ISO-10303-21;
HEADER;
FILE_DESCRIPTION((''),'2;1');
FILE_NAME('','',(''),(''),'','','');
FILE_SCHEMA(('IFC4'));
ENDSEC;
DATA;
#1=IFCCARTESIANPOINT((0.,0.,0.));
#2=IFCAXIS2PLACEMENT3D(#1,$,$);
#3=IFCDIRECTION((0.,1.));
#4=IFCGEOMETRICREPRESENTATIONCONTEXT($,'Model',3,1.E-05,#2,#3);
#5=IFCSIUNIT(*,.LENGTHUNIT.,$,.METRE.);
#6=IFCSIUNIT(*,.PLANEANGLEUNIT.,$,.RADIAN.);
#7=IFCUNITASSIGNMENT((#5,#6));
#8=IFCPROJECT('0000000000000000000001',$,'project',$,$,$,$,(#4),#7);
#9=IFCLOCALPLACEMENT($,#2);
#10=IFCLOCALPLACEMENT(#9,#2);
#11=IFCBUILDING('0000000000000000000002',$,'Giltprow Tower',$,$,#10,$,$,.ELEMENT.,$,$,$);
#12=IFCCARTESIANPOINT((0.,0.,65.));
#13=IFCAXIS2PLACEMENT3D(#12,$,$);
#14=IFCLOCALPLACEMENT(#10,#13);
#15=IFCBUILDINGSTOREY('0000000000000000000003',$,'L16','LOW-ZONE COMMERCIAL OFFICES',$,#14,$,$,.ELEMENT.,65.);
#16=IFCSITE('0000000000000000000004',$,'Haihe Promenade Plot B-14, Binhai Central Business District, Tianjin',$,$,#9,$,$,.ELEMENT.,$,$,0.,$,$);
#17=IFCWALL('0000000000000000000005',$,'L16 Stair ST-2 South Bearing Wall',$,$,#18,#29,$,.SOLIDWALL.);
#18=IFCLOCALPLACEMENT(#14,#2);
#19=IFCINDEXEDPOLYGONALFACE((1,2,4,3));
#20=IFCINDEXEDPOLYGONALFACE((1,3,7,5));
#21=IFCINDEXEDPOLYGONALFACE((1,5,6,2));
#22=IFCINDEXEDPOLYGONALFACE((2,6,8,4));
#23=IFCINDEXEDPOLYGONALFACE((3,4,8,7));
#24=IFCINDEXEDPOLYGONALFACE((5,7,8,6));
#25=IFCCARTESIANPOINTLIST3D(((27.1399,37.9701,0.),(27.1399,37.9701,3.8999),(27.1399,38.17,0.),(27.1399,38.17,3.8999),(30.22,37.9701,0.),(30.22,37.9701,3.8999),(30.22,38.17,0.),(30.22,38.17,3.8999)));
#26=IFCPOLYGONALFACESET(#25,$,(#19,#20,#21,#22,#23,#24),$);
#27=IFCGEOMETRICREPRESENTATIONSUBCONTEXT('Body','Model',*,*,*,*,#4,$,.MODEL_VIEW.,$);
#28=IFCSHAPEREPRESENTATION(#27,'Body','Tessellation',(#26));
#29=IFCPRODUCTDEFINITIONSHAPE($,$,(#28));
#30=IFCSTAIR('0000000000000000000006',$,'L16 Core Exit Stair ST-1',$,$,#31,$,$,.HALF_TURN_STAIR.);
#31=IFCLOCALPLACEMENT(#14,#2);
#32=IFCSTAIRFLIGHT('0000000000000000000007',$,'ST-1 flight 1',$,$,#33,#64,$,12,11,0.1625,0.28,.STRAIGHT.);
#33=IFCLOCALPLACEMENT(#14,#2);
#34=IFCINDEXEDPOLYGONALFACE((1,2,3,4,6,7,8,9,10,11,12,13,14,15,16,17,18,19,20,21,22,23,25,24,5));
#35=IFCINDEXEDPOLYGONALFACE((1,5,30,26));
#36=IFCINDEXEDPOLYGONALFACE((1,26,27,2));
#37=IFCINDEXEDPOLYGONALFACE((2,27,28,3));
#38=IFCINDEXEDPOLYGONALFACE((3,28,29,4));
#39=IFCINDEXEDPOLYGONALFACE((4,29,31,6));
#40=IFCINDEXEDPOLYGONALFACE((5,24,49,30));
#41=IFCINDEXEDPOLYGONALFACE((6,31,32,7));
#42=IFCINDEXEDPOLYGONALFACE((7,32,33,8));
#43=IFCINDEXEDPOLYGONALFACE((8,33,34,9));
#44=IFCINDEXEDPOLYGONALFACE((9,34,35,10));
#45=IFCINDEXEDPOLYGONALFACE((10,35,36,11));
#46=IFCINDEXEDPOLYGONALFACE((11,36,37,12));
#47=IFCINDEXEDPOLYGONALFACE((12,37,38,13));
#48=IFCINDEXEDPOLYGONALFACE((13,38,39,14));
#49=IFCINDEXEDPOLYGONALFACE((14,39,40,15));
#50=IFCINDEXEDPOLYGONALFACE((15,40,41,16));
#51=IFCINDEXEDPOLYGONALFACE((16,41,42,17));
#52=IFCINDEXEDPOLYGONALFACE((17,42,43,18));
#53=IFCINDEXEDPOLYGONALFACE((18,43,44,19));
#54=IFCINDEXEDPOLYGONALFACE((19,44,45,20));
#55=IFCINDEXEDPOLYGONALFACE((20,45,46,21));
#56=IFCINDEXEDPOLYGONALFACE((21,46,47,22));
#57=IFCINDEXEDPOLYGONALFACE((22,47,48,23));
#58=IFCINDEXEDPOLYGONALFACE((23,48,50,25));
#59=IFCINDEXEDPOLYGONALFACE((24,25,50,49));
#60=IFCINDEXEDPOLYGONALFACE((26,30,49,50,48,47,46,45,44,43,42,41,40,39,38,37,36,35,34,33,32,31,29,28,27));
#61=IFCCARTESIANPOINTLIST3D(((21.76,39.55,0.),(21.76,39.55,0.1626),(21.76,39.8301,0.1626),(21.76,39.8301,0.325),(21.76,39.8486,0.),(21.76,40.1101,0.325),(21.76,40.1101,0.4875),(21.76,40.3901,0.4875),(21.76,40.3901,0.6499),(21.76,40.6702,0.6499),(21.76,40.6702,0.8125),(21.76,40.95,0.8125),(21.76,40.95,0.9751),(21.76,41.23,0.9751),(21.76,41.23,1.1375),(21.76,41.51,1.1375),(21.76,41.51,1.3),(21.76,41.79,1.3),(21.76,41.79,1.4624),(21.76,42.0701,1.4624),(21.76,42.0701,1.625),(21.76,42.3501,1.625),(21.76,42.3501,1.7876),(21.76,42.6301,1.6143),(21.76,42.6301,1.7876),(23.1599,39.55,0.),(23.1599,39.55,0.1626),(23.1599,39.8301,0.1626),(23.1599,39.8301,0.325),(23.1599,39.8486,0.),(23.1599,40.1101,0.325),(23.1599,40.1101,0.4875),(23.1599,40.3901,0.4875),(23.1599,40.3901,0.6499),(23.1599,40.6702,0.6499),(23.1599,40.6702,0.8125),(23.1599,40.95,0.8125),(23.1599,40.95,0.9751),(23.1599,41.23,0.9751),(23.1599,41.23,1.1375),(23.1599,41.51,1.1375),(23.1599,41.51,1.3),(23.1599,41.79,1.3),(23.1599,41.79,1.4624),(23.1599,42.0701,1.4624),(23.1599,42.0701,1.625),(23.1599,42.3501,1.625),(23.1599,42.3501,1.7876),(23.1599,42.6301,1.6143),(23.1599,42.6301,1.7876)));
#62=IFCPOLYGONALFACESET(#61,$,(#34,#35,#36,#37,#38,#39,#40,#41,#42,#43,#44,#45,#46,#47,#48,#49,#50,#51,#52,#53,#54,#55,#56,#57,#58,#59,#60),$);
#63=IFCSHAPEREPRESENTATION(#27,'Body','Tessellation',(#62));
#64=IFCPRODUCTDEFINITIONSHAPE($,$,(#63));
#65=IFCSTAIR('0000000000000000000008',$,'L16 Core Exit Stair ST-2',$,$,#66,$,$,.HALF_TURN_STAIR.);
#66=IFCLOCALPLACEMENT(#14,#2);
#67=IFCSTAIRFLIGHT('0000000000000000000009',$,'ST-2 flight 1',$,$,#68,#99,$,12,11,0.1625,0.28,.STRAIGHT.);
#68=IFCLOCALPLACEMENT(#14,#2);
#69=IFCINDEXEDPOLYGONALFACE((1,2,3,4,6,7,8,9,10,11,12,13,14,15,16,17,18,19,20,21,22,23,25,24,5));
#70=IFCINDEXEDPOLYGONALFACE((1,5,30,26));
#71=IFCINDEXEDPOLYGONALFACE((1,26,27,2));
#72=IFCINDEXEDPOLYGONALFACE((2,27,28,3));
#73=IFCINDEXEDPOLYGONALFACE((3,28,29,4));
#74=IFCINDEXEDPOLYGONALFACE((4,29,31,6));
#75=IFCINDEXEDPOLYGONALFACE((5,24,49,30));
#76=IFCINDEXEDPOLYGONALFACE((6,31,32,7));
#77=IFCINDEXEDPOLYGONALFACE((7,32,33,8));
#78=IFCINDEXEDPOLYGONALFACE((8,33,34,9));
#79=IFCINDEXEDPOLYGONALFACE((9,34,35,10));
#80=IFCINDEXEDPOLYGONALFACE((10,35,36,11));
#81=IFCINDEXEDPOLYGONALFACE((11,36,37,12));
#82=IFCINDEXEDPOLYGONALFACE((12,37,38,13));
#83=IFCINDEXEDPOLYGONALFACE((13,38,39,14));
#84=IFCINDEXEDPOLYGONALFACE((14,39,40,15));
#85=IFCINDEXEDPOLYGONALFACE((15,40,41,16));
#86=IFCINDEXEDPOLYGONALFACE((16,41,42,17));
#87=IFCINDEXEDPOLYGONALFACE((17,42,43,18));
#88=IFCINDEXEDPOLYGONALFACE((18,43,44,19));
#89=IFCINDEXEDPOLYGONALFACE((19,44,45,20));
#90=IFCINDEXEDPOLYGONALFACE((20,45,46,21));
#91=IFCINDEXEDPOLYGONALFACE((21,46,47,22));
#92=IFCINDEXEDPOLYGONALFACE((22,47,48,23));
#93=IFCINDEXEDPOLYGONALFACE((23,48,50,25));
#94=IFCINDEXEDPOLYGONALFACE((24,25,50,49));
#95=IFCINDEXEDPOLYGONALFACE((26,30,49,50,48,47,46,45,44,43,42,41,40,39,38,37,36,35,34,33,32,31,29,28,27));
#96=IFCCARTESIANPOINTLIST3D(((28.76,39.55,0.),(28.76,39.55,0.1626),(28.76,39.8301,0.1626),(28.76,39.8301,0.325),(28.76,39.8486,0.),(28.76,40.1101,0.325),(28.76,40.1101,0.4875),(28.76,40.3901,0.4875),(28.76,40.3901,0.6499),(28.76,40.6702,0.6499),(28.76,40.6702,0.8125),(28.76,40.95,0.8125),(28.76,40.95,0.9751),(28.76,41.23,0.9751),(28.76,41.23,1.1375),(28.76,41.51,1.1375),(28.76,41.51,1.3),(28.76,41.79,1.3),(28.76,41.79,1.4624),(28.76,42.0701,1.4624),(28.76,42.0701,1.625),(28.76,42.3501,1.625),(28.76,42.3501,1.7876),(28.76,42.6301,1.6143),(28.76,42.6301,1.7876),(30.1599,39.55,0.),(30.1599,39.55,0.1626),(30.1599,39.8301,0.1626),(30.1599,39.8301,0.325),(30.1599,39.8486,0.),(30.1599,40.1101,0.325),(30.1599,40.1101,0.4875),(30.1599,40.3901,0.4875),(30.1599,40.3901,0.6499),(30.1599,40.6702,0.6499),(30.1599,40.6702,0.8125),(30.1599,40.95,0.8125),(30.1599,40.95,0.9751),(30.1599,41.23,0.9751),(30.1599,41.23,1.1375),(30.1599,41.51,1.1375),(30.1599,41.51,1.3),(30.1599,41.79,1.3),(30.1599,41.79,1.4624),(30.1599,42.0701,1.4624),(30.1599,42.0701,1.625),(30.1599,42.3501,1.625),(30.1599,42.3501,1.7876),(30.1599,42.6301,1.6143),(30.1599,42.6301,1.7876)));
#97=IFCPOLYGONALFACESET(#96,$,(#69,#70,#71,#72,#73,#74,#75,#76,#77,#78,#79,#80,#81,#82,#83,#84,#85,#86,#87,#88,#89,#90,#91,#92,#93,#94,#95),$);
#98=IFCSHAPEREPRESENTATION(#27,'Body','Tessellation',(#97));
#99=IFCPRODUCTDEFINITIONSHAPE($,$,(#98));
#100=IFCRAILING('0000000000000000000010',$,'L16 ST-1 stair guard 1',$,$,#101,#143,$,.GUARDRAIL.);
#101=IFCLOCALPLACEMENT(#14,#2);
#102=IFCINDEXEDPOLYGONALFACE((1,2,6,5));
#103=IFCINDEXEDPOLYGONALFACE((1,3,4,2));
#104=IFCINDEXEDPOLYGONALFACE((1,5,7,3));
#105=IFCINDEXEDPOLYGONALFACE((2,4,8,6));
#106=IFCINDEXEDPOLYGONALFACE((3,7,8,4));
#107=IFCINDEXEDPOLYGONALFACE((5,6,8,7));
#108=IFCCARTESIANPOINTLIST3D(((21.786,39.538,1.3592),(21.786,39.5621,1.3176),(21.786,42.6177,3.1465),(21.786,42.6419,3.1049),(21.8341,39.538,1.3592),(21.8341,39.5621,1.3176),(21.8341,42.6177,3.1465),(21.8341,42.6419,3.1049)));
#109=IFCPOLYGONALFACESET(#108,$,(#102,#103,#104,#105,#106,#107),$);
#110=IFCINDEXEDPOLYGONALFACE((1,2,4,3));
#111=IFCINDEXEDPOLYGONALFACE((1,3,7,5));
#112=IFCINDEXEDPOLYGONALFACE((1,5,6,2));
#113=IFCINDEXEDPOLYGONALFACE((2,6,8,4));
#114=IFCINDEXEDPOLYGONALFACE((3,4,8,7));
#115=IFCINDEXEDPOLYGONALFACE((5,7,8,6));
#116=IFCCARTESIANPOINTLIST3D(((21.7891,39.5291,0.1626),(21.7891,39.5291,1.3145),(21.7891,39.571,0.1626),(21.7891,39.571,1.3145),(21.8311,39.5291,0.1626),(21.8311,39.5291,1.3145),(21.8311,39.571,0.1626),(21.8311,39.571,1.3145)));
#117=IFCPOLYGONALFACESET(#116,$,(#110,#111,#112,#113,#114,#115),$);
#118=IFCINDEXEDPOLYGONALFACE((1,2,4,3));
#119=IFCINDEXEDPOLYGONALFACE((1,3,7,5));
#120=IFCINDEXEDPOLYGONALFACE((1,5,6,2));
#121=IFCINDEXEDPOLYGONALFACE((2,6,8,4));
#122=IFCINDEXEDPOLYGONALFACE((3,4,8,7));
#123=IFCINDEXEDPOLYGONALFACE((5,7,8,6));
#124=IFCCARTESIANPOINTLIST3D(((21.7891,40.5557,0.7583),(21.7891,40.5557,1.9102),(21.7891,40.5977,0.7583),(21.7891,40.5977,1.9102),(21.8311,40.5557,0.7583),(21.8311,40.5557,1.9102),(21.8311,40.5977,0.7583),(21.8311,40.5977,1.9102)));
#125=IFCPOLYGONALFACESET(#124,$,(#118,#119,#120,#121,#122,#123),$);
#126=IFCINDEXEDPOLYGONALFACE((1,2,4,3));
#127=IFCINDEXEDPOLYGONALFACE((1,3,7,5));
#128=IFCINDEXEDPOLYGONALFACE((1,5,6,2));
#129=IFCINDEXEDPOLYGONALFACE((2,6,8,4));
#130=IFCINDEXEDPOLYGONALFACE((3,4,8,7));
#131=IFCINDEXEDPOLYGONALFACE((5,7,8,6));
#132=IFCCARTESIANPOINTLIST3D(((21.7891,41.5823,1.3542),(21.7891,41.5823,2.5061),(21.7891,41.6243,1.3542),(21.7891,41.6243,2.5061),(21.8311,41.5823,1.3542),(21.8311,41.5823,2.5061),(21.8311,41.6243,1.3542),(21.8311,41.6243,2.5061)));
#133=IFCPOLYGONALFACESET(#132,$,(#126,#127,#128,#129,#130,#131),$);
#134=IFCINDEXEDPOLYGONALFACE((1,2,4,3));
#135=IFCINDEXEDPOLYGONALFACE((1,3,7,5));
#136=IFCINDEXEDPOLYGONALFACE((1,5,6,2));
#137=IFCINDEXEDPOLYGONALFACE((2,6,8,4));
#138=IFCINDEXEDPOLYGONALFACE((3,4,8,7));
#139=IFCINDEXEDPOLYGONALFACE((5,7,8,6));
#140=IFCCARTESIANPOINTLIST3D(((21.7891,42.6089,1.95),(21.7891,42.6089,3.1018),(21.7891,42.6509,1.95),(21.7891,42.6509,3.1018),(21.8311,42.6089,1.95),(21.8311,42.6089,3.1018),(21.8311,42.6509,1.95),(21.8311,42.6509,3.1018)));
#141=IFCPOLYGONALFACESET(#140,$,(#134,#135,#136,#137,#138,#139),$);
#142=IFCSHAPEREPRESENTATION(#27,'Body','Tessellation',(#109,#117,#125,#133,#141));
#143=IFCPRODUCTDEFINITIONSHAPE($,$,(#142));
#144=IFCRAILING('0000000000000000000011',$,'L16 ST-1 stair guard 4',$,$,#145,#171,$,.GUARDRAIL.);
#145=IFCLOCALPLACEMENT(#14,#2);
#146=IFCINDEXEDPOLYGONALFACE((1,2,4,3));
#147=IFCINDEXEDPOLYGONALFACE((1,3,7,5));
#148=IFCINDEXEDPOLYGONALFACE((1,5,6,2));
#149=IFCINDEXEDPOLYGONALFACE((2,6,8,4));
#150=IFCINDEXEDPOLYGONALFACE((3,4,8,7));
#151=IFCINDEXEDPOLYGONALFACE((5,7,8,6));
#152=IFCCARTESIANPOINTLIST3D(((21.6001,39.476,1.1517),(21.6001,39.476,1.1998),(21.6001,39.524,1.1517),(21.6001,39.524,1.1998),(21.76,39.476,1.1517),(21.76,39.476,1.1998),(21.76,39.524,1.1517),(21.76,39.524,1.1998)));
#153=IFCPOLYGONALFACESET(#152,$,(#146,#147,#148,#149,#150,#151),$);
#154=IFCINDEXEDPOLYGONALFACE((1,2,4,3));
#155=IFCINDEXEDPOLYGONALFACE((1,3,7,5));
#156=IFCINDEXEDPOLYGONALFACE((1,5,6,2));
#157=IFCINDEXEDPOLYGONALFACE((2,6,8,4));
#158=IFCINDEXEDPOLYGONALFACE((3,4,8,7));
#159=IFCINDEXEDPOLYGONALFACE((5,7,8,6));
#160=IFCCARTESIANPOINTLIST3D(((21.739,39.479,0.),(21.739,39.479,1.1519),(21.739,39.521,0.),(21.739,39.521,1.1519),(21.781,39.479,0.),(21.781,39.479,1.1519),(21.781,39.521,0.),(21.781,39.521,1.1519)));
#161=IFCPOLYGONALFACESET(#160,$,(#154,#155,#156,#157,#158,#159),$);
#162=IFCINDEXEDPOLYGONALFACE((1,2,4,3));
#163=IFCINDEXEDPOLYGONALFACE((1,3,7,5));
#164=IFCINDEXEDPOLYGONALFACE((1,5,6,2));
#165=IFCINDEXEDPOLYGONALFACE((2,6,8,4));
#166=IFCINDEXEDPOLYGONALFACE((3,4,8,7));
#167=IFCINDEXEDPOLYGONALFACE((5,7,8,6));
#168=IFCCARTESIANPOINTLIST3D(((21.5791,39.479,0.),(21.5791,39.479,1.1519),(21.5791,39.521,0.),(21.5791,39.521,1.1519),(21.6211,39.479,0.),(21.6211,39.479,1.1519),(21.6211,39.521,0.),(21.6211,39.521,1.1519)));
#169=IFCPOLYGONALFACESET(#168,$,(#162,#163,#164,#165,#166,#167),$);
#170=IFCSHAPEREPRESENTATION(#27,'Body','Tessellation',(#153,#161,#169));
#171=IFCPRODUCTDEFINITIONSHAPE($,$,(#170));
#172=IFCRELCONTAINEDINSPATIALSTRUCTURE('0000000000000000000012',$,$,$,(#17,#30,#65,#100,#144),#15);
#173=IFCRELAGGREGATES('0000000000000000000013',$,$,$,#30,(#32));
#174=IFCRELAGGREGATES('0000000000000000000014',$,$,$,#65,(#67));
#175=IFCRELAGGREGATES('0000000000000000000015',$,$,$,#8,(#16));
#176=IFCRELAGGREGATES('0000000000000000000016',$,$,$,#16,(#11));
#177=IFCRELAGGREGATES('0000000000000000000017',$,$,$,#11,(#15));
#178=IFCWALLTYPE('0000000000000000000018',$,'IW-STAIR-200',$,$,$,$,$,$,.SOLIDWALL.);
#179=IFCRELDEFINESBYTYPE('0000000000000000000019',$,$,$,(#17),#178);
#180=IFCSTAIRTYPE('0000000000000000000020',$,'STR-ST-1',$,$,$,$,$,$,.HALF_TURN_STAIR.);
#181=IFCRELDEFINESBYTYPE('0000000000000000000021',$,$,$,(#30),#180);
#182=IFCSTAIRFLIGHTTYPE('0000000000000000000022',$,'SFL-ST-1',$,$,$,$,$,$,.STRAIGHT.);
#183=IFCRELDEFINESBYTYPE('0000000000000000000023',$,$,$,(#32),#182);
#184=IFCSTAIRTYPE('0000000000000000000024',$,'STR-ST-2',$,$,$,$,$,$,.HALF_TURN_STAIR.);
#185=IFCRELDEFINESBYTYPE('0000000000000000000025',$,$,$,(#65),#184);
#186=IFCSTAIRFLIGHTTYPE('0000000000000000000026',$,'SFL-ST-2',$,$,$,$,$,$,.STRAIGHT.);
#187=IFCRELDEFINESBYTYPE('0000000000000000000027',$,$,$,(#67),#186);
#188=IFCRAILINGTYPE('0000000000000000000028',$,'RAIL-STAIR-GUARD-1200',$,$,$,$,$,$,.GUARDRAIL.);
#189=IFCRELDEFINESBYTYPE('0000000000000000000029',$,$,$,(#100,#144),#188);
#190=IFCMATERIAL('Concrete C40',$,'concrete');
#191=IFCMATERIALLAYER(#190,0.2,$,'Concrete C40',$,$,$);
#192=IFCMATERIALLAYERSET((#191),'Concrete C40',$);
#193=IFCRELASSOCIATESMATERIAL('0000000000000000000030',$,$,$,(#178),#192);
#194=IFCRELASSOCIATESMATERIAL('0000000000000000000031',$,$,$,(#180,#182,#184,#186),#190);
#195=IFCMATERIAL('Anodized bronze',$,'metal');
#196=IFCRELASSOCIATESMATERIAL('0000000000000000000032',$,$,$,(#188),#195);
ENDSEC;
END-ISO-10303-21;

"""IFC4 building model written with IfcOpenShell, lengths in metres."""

from ifc_helpers import new_model, si_unit, direction, frame, frame_2d, origin, origin_2d, place, context, subcontext, project, spatial, polyline, rectangle, outline, extrude, material, layer, layer_set, type_object, element, aggregate, save


model = new_model("IFC4")

# Units and contexts
model_context = context("Model", 3, precision=1e-05, world=origin(), true_north=direction((0.0, 1.0)))
body_context = subcontext(model_context, "Body", "Model", "MODEL_VIEW")
ifc_project = project(units=[si_unit("LENGTHUNIT", "METRE"), si_unit("PLANEANGLEUNIT", "RADIAN")], contexts=[model_context])

# Site, building, storey
site_placement = place(None, origin())
site = spatial("IfcSite", under=ifc_project, at=site_placement, Name="Haihe Promenade Plot B-14, Binhai Central Business District, Tianjin", CompositionType="ELEMENT", RefElevation=0.0)
building_placement = place(site_placement, origin())
building = spatial("IfcBuilding", under=site, at=building_placement, Name="Giltprow Tower", CompositionType="ELEMENT")
storey_placement = place(building_placement, frame((0.0, 0.0, 65.0)))
storey = spatial("IfcBuildingStorey", under=building, at=storey_placement, Name="L16", Description="LOW-ZONE COMMERCIAL OFFICES", CompositionType="ELEMENT", Elevation=65.0)

# Shared definitions
ifc_material_1 = material(Name="Concrete C40", Category="concrete")
ifc_layer = layer(ifc_material_1, 0.2, Name="Concrete C40")
ifc_layer_set = layer_set([ifc_layer], Name="Concrete C40")
wall_type = type_object("IfcWallType", Name="IW-STAIR-200", PredefinedType="SOLIDWALL", material=ifc_layer_set)

# Wall
wall_1_placement = place(storey_placement, frame((27.1399, 38.0701, 0.0), z_axis=(0.0, 0.0, 1.0), x_axis=(1.0, 0.0, 0.0)))
element("IfcWall", 1, at=wall_1_placement, inside=storey, type_object=wall_type, Name="L16 Stair ST-2 South Bearing Wall", PredefinedType="SOLIDWALL", context=body_context, shape_type="SweptSolid", body=[
    extrude(rectangle(XDim=3.0801, YDim=0.2, at=frame_2d((1.54, 0.0))), origin(), (0.0, 0.0, 1.0), 3.8999),
])

# Stairs, stair flights
stair_type_1 = type_object("IfcStairType", Name="STR-ST-1", PredefinedType="HALF_TURN_STAIR", material=ifc_material_1)
stair_1_placement = place(storey_placement, origin())
stair_1 = element("IfcStair", 2, at=stair_1_placement, inside=storey, type_object=stair_type_1, Name="L16 Core Exit Stair ST-1", PredefinedType="HALF_TURN_STAIR")
stair_flight_type_1 = type_object("IfcStairFlightType", Name="SFL-ST-1", PredefinedType="STRAIGHT", material=ifc_material_1)
stair_flight_1_placement = place(storey_placement, frame((22.46, 39.55, 0.0), z_axis=(0.0, 0.0, 1.0), x_axis=(0.0, 1.0, 0.0)))
stair_flight_1 = element("IfcStairFlight", 3, at=stair_flight_1_placement, type_object=stair_flight_type_1, Name="ST-1 flight 1", NumberOfRisers=12, NumberOfTreads=11, PredefinedType="STRAIGHT", RiserHeight=0.1625, TreadLength=0.28, context=body_context, shape_type="SweptSolid", body=[
    extrude(outline(polyline([(0.0, 0.0), (0.0, 0.1626), (0.28, 0.1626), (0.28, 0.325), (0.5601, 0.325), (0.5601, 0.4875), (0.8401, 0.4875), (0.8401, 0.6499), (1.1201, 0.6499), (1.1201, 0.8125), (1.3999, 0.8125), (1.3999, 0.9751), (1.6799, 0.9751), (1.6799, 1.1375), (1.96, 1.1375), (1.96, 1.3), (2.24, 1.3), (2.24, 1.4624), (2.52, 1.4624), (2.52, 1.625), (2.8, 1.625), (2.8, 1.7876), (3.0801, 1.7876), (3.0801, 1.95), (3.0801, 1.6143), (0.2986, 0.0), (0.0, 0.0)])), frame((0.0, 0.7, 0.0), z_axis=(0.0, -1.0, 0.0), x_axis=(1.0, 0.0, 0.0)), (0.0, 0.0, 1.0), 1.3999),
])
aggregate(stair_1, [stair_flight_1])
stair_type_2 = type_object("IfcStairType", Name="STR-ST-2", PredefinedType="HALF_TURN_STAIR", material=ifc_material_1)
stair_2_placement = place(storey_placement, origin())
stair_2 = element("IfcStair", 4, at=stair_2_placement, inside=storey, type_object=stair_type_2, Name="L16 Core Exit Stair ST-2", PredefinedType="HALF_TURN_STAIR")
stair_flight_type_2 = type_object("IfcStairFlightType", Name="SFL-ST-2", PredefinedType="STRAIGHT", material=ifc_material_1)
stair_flight_2_placement = place(storey_placement, frame((29.46, 39.55, 0.0), z_axis=(0.0, 0.0, 1.0), x_axis=(0.0, 1.0, 0.0)))
stair_flight_2 = element("IfcStairFlight", 5, at=stair_flight_2_placement, type_object=stair_flight_type_2, Name="ST-2 flight 1", NumberOfRisers=12, NumberOfTreads=11, PredefinedType="STRAIGHT", RiserHeight=0.1625, TreadLength=0.28, context=body_context, shape_type="SweptSolid", body=[
    extrude(outline(polyline([(0.0, 0.0), (0.0, 0.1626), (0.28, 0.1626), (0.28, 0.325), (0.5601, 0.325), (0.5601, 0.4875), (0.8401, 0.4875), (0.8401, 0.6499), (1.1201, 0.6499), (1.1201, 0.8125), (1.3999, 0.8125), (1.3999, 0.9751), (1.6799, 0.9751), (1.6799, 1.1375), (1.96, 1.1375), (1.96, 1.3), (2.24, 1.3), (2.24, 1.4624), (2.52, 1.4624), (2.52, 1.625), (2.8, 1.625), (2.8, 1.7876), (3.0801, 1.7876), (3.0801, 1.95), (3.0801, 1.6143), (0.2986, 0.0), (0.0, 0.0)])), frame((0.0, 0.7, 0.0), z_axis=(0.0, -1.0, 0.0), x_axis=(1.0, 0.0, 0.0)), (0.0, 0.0, 1.0), 1.3999),
])
aggregate(stair_2, [stair_flight_2])

# Railings
ifc_material_2 = material(Name="Anodized bronze", Category="metal")
railing_type_1 = type_object("IfcRailingType", Name="RAIL-STAIR-GUARD-1200", PredefinedType="GUARDRAIL", material=ifc_material_2)
railing_1_placement = place(storey_placement, frame((21.8101, 39.55, 0.1626)))
element("IfcRailing", 6, at=railing_1_placement, inside=storey, type_object=railing_type_1, Name="L16 ST-1 stair guard 1", PredefinedType="GUARDRAIL", context=body_context, shape_type="SweptSolid", body=[
    extrude(rectangle(XDim=0.0481, YDim=0.0481, at=origin_2d()), frame((0.0, 0.0, 1.1758), z_axis=(0.0, 0.864903, 0.501939), x_axis=(-1.0, 0.0, 0.0)), (0.0, 0.0, 1.0), 3.5608),
    extrude(rectangle(XDim=0.042, YDim=0.042, at=origin_2d()), origin(), (0.0, 0.0, 1.0), 1.1519),
    extrude(rectangle(XDim=0.042, YDim=0.042, at=origin_2d()), frame((0.0, 1.0266, 0.5957)), (0.0, 0.0, 1.0), 1.1519),
    extrude(rectangle(XDim=0.042, YDim=0.042, at=origin_2d()), frame((0.0, 2.0532, 1.1917)), (0.0, 0.0, 1.0), 1.1519),
    extrude(rectangle(XDim=0.042, YDim=0.042, at=origin_2d()), frame((0.0, 3.0798, 1.7874)), (0.0, 0.0, 1.0), 1.1519),
])
railing_2_placement = place(storey_placement, frame((21.76, 39.5, 0.0)))
element("IfcRailing", 7, at=railing_2_placement, inside=storey, type_object=railing_type_1, Name="L16 ST-1 stair guard 4", PredefinedType="GUARDRAIL", context=body_context, shape_type="SweptSolid", body=[
    extrude(rectangle(XDim=0.0481, YDim=0.0481, at=origin_2d()), frame((0.0, 0.0, 1.1758), z_axis=(-1.0, 0.0, 0.0), x_axis=(0.0, -1.0, 0.0)), (0.0, 0.0, 1.0), 0.1599),
    extrude(rectangle(XDim=0.042, YDim=0.042, at=origin_2d()), origin(), (0.0, 0.0, 1.0), 1.1519),
    extrude(rectangle(XDim=0.042, YDim=0.042, at=origin_2d()), frame((-0.1599, 0.0, 0.0)), (0.0, 0.0, 1.0), 1.1519),
])

save(model, "model.ifc")
